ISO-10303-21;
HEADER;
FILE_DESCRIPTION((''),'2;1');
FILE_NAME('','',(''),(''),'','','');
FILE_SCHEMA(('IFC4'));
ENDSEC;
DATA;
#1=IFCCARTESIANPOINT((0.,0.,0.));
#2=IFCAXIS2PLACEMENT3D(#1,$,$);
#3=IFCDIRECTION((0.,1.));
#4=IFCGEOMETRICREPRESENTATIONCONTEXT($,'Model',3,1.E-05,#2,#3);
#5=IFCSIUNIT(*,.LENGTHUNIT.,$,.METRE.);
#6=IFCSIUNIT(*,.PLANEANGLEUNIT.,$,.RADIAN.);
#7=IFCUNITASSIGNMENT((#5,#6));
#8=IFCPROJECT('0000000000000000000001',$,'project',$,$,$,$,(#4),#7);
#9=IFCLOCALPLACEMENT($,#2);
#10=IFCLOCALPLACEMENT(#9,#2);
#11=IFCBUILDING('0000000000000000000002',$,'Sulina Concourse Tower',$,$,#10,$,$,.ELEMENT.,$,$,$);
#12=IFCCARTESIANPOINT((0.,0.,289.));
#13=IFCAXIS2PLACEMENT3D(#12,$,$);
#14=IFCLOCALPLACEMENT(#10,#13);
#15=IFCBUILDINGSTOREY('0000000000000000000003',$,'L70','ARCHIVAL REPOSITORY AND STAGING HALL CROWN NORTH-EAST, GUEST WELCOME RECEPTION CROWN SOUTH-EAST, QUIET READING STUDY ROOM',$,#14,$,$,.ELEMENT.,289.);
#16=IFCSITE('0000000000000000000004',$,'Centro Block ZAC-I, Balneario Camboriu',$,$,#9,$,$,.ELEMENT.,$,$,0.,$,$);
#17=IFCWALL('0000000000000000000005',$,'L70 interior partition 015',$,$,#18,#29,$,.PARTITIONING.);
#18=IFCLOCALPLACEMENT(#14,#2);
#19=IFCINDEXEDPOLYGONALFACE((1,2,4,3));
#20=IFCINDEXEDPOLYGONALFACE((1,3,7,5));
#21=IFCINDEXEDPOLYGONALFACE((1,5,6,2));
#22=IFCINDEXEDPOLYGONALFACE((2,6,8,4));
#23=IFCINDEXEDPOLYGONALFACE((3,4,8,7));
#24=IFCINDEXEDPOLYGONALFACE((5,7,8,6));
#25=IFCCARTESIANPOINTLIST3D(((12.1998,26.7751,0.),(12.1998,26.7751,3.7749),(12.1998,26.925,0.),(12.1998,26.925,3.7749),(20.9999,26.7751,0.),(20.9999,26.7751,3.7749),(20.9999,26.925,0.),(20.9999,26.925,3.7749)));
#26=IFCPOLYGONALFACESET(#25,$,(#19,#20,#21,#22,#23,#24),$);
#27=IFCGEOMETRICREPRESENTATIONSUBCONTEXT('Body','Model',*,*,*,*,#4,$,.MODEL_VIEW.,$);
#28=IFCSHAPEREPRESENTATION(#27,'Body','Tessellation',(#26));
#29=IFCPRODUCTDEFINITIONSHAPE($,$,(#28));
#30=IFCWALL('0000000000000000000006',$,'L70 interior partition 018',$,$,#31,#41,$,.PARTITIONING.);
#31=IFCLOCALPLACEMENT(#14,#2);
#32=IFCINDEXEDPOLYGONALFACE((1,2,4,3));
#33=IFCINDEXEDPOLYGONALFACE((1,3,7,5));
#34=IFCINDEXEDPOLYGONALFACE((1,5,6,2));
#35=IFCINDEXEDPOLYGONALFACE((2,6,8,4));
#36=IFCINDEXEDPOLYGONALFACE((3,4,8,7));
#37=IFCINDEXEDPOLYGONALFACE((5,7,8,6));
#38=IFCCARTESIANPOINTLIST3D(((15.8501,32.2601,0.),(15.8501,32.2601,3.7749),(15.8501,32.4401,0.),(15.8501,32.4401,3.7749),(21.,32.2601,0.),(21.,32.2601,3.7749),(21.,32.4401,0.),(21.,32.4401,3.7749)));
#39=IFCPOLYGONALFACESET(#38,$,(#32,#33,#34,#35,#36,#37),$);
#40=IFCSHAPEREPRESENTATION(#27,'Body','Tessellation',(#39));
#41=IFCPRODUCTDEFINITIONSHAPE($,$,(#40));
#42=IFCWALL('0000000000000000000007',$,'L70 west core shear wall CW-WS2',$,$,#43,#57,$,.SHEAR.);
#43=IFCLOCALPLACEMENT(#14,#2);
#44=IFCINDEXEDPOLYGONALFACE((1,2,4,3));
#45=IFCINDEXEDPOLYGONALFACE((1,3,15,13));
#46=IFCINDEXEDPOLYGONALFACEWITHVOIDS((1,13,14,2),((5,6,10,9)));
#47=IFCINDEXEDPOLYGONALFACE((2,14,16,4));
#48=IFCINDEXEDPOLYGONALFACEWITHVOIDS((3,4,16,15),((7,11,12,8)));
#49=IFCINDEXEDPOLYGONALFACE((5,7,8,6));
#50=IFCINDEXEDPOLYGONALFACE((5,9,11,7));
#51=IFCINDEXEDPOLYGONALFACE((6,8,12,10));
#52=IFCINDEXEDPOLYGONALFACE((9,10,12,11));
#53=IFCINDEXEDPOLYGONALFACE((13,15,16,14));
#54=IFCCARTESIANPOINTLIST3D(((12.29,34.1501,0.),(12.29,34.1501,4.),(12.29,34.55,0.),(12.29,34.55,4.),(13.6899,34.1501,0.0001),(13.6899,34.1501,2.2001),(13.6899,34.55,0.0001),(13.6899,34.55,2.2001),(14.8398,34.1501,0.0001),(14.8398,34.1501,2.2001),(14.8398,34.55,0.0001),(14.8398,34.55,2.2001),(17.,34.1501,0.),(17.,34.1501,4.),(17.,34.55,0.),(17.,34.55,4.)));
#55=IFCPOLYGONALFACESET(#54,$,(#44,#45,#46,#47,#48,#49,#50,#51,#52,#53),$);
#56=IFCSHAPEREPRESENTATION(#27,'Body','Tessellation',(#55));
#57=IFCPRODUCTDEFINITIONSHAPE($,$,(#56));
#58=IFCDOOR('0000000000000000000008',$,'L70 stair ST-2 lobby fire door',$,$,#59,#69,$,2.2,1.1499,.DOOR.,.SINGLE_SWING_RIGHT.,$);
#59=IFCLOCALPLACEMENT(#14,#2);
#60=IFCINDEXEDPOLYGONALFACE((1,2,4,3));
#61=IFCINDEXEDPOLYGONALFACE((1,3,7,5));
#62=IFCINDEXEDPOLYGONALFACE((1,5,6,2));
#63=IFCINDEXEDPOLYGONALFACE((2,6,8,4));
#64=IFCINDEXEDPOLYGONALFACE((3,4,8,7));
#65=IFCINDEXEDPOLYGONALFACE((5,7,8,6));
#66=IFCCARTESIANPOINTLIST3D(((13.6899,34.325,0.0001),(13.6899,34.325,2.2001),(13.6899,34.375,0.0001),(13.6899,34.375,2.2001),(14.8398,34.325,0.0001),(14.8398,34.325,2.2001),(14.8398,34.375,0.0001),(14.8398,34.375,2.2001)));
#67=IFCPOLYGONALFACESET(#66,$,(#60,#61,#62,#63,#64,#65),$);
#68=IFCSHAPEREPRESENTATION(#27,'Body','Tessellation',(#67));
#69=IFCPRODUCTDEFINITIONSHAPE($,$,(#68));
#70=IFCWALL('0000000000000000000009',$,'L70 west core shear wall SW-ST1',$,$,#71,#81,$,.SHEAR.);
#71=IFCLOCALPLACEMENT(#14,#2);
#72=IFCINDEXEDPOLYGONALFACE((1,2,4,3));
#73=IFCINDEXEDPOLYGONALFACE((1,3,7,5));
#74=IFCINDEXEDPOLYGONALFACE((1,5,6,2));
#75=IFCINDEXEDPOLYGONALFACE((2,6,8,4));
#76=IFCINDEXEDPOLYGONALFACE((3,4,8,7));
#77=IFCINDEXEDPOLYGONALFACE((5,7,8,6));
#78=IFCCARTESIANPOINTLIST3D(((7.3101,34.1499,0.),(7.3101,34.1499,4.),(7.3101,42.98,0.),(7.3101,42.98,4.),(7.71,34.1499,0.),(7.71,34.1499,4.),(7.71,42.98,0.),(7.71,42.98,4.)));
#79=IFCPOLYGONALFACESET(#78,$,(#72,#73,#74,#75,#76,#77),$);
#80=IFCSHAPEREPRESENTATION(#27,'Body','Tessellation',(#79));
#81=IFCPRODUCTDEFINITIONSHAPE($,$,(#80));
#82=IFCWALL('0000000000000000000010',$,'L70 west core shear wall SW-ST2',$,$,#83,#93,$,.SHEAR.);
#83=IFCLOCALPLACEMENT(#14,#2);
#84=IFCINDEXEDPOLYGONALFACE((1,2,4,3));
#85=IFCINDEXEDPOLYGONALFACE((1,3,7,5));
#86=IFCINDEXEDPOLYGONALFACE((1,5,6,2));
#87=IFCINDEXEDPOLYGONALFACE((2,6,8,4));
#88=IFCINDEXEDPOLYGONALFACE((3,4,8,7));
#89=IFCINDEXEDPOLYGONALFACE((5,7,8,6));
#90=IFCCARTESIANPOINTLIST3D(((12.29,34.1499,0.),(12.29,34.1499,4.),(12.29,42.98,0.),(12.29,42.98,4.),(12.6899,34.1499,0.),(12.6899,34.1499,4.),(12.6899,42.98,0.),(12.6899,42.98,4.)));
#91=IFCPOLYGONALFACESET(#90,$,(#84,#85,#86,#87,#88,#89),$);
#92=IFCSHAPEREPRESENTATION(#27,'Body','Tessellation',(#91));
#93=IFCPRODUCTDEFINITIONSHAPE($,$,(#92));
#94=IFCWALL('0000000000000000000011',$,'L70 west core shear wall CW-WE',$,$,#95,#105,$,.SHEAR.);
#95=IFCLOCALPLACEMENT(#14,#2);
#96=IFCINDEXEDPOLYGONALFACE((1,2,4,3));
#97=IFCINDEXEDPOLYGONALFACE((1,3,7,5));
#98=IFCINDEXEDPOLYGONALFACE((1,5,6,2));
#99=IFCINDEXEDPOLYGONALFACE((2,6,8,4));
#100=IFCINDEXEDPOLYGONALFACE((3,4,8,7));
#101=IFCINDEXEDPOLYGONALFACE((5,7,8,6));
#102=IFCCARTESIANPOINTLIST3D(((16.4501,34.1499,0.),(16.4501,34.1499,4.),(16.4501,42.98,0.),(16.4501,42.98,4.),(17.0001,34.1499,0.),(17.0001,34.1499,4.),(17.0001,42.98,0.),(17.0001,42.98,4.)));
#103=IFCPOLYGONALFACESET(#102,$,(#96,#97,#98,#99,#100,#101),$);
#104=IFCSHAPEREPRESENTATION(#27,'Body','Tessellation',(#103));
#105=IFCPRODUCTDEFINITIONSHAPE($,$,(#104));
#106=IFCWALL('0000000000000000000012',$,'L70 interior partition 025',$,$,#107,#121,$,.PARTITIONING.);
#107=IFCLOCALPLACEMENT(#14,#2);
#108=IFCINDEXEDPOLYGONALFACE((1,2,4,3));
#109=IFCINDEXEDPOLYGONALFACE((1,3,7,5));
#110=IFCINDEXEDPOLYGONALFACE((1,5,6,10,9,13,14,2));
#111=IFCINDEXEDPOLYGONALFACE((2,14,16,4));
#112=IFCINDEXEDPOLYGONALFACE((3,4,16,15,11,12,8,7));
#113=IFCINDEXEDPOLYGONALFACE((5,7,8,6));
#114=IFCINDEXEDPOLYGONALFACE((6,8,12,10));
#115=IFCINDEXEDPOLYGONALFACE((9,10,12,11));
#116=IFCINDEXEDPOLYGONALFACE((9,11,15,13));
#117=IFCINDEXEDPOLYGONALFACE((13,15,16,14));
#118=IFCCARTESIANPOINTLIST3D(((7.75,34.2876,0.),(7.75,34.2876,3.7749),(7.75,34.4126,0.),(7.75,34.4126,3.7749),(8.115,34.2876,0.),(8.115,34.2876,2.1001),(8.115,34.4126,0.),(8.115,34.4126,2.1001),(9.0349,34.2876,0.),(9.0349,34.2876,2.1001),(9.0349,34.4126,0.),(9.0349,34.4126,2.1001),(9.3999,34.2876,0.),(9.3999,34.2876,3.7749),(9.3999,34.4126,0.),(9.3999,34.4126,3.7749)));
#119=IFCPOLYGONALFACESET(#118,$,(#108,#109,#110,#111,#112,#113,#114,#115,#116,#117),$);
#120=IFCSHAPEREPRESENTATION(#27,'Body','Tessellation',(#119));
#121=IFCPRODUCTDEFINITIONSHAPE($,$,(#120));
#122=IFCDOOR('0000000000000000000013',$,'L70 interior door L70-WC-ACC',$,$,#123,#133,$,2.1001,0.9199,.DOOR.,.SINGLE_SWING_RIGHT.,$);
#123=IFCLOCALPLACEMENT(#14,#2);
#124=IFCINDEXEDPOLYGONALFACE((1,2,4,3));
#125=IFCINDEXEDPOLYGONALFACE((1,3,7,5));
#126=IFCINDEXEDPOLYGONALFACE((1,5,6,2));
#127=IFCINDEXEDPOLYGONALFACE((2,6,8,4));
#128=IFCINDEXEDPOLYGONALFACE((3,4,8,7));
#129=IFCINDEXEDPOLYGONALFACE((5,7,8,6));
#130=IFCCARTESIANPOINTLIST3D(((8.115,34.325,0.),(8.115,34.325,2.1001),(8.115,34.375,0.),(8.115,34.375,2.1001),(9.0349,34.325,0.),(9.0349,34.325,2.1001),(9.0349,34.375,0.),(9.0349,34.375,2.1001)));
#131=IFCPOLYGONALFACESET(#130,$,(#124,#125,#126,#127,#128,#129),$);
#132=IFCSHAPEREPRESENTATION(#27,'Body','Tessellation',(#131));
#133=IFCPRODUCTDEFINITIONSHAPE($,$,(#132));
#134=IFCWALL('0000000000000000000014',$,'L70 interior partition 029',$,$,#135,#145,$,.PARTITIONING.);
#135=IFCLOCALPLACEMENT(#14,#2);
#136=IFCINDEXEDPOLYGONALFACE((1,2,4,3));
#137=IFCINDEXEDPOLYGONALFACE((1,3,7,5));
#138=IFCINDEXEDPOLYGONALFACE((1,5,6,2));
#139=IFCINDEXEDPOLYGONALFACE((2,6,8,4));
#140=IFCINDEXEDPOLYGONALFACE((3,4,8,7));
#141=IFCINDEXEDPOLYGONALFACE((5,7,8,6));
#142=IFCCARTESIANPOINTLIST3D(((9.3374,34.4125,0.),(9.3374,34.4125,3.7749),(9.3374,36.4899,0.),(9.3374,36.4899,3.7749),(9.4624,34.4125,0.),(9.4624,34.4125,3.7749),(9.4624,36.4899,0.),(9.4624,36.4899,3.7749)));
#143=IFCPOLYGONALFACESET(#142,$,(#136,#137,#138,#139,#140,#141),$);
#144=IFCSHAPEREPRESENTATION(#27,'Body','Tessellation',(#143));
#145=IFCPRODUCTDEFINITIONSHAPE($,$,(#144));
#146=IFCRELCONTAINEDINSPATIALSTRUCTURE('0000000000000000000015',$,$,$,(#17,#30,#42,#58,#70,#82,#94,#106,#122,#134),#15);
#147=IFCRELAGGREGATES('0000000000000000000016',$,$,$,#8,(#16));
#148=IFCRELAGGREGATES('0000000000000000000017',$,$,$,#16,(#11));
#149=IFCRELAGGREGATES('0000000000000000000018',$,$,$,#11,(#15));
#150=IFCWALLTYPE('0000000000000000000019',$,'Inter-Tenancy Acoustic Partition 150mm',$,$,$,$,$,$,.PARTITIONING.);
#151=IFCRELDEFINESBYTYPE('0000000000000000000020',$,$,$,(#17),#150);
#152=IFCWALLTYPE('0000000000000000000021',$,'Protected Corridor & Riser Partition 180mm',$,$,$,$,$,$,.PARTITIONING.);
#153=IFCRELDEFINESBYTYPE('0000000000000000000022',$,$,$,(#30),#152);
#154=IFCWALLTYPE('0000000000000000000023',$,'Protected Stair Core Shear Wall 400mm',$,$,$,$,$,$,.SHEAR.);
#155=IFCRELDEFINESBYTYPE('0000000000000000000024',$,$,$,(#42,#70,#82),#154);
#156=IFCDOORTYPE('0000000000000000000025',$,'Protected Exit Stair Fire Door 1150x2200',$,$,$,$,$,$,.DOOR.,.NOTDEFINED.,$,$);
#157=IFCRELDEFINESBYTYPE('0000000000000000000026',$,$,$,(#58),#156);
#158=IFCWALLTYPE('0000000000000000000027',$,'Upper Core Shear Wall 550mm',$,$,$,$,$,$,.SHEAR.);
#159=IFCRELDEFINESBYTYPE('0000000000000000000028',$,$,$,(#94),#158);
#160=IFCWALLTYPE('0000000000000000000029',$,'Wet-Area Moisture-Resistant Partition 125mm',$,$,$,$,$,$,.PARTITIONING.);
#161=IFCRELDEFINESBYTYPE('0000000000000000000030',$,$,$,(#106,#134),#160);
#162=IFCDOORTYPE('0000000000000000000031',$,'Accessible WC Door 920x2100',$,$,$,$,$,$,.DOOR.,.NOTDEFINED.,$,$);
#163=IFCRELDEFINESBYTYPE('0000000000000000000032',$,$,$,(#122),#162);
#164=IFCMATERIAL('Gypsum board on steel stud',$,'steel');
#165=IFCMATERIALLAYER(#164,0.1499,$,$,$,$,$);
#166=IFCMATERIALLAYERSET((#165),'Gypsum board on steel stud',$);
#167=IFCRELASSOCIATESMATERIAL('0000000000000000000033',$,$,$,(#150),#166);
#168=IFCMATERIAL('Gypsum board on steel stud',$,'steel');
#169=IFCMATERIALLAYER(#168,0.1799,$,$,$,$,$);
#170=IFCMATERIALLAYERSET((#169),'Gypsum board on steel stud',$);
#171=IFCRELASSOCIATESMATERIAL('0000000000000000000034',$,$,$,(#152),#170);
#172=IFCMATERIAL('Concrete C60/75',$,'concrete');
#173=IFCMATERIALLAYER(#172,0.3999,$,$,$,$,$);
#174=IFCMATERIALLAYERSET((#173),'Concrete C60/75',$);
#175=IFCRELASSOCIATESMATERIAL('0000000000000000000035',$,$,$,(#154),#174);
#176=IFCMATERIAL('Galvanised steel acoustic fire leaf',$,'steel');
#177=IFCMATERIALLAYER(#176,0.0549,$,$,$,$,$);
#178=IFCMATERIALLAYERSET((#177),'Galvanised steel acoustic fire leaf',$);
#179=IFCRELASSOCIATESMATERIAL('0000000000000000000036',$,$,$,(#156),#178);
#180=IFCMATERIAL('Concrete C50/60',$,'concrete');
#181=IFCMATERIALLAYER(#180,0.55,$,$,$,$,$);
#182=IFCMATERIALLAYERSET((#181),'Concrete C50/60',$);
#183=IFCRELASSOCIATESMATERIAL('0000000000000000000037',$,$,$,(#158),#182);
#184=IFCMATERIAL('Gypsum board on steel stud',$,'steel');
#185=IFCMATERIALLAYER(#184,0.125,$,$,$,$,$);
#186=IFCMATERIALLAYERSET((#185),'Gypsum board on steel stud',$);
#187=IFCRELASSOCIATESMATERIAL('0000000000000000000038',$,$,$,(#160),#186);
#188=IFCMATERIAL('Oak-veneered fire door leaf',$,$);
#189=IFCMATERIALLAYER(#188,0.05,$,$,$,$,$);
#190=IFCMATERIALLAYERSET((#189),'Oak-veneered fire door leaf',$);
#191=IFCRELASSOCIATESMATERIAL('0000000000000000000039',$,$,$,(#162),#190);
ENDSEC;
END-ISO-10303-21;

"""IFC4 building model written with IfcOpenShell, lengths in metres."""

from ifc_helpers import new_model, si_unit, direction, frame, frame_2d, origin, place, context, subcontext, project, spatial, rectangle, extrude, material, layer, layer_set, type_object, element, fill, save


model = new_model("IFC4")

# Units and contexts
model_context = context("Model", 3, precision=1e-05, world=origin(), true_north=direction((0.0, 1.0)))
body_context = subcontext(model_context, "Body", "Model", "MODEL_VIEW")
ifc_project = project(units=[si_unit("LENGTHUNIT", "METRE"), si_unit("PLANEANGLEUNIT", "RADIAN")], contexts=[model_context])

# Site, building, storey
site_placement = place(None, origin())
site = spatial("IfcSite", under=ifc_project, at=site_placement, Name="Centro Block ZAC-I, Balneario Camboriu", CompositionType="ELEMENT", RefElevation=0.0)
building_placement = place(site_placement, origin())
building = spatial("IfcBuilding", under=site, at=building_placement, Name="Sulina Concourse Tower", CompositionType="ELEMENT")
storey_placement = place(building_placement, frame((0.0, 0.0, 289.0)))
storey = spatial("IfcBuildingStorey", under=building, at=storey_placement, Name="L70", Description="ARCHIVAL REPOSITORY AND STAGING HALL CROWN NORTH-EAST, GUEST WELCOME RECEPTION CROWN SOUTH-EAST, QUIET READING STUDY ROOM", CompositionType="ELEMENT", Elevation=289.0)

# Wall
ifc_material_1 = material(Name="Gypsum board on steel stud", Category="steel")
ifc_layer_1 = layer(ifc_material_1, 0.1499)
ifc_layer_set_1 = layer_set([ifc_layer_1], Name="Gypsum board on steel stud")
wall_type_1 = type_object("IfcWallType", Name="Inter-Tenancy Acoustic Partition 150mm", PredefinedType="PARTITIONING", material=ifc_layer_set_1)
wall_1_placement = place(storey_placement, frame((12.2, 26.8501, 0.0), z_axis=(0.0, 0.0, 1.0), x_axis=(1.0, 0.0, 0.0)))
element("IfcWall", 1, at=wall_1_placement, inside=storey, type_object=wall_type_1, Name="L70 interior partition 015", PredefinedType="PARTITIONING", context=body_context, shape_type="SweptSolid", body=[
    extrude(rectangle(XDim=8.8, YDim=0.1499, at=frame_2d((4.3999, 0.0))), origin(), (0.0, 0.0, 1.0), 3.7749),
])

# Wall
ifc_material_2 = material(Name="Gypsum board on steel stud", Category="steel")
ifc_layer_2 = layer(ifc_material_2, 0.1799)
ifc_layer_set_2 = layer_set([ifc_layer_2], Name="Gypsum board on steel stud")
wall_type_2 = type_object("IfcWallType", Name="Protected Corridor & Riser Partition 180mm", PredefinedType="PARTITIONING", material=ifc_layer_set_2)
wall_2_placement = place(storey_placement, frame((15.8501, 32.3501, 0.0), z_axis=(0.0, 0.0, 1.0), x_axis=(1.0, 0.0, 0.0)))
element("IfcWall", 2, at=wall_2_placement, inside=storey, type_object=wall_type_2, Name="L70 interior partition 018", PredefinedType="PARTITIONING", context=body_context, shape_type="SweptSolid", body=[
    extrude(rectangle(XDim=5.1499, YDim=0.1799, at=frame_2d((2.575, 0.0))), origin(), (0.0, 0.0, 1.0), 3.7749),
])

# Wall, opening, door
ifc_material_3 = material(Name="Concrete C60/75", Category="concrete")
ifc_layer_3 = layer(ifc_material_3, 0.3999)
ifc_layer_set_3 = layer_set([ifc_layer_3], Name="Concrete C60/75")
wall_type_3 = type_object("IfcWallType", Name="Protected Stair Core Shear Wall 400mm", PredefinedType="SHEAR", material=ifc_layer_set_3)
wall_3_placement = place(storey_placement, frame((12.29, 34.3501, 0.0), z_axis=(0.0, 0.0, 1.0), x_axis=(1.0, 0.0, 0.0)))
wall_3 = element("IfcWall", 3, at=wall_3_placement, inside=storey, type_object=wall_type_3, Name="L70 west core shear wall CW-WS2", PredefinedType="SHEAR", context=body_context, shape_type="SweptSolid", body=[
    extrude(rectangle(XDim=4.71, YDim=0.3999, at=frame_2d((2.355, 0.0))), origin(), (0.0, 0.0, 1.0), 4.0),
])
opening_1_placement = place(wall_3_placement, frame((1.3999, 0.0, 0.0)))
opening_1 = element("IfcOpeningElement", 4, at=opening_1_placement, cuts=wall_3, PredefinedType="OPENING", context=body_context, shape_type="SweptSolid", body=[
    extrude(rectangle(XDim=1.1499, YDim=2.2, at=frame_2d((0.575, 1.1001))), frame((0.0, 0.21, 0.0), z_axis=(0.0, -1.0, 0.0), x_axis=(1.0, 0.0, 0.0)), (0.0, 0.0, 1.0), 0.4199),
])
ifc_material_4 = material(Name="Galvanised steel acoustic fire leaf", Category="steel")
ifc_layer_4 = layer(ifc_material_4, 0.0549)
ifc_layer_set_4 = layer_set([ifc_layer_4], Name="Galvanised steel acoustic fire leaf")
door_type_1 = type_object("IfcDoorType", Name="Protected Exit Stair Fire Door 1150x2200", OperationType="NOTDEFINED", PredefinedType="DOOR", material=ifc_layer_set_4)
door_1_placement = place(opening_1_placement, origin())
door_1 = element("IfcDoor", 5, at=door_1_placement, inside=storey, type_object=door_type_1, Name="L70 stair ST-2 lobby fire door", OperationType="SINGLE_SWING_RIGHT", OverallHeight=2.2, OverallWidth=1.1499, PredefinedType="DOOR", context=body_context, shape_type="SweptSolid", body=[
    extrude(rectangle(XDim=1.1499, YDim=2.2, at=frame_2d((0.575, 1.1001))), frame((0.0, 0.0249, 0.0), z_axis=(0.0, -1.0, 0.0), x_axis=(1.0, 0.0, 0.0)), (0.0, 0.0, 1.0), 0.05),
])
fill(opening_1, door_1)

# Walls
for number, where, z_axis, x_axis, name in (
    (6, (7.51, 34.1499, 0.0), (0.0, 0.0, 1.0), (0.0, 1.0, 0.0), "L70 west core shear wall SW-ST1"),
    (7, (12.49, 34.1499, 0.0), (0.0, 0.0, 1.0), (0.0, 1.0, 0.0), "L70 west core shear wall SW-ST2"),
):
    element("IfcWall", number, at=place(storey_placement, frame(where, z_axis=z_axis, x_axis=x_axis)), inside=storey, type_object=wall_type_3, Name=name, PredefinedType="SHEAR", context=body_context, shape_type="SweptSolid", body=[
        extrude(rectangle(XDim=8.8301, YDim=0.3999, at=frame_2d((4.415, 0.0))), origin(), (0.0, 0.0, 1.0), 4.0),
    ])
ifc_material_5 = material(Name="Concrete C50/60", Category="concrete")
ifc_layer_5 = layer(ifc_material_5, 0.55)
ifc_layer_set_5 = layer_set([ifc_layer_5], Name="Concrete C50/60")
wall_type_4 = type_object("IfcWallType", Name="Upper Core Shear Wall 550mm", PredefinedType="SHEAR", material=ifc_layer_set_5)
wall_4_placement = place(storey_placement, frame((16.7251, 34.1499, 0.0), z_axis=(0.0, 0.0, 1.0), x_axis=(0.0, 1.0, 0.0)))
element("IfcWall", 8, at=wall_4_placement, inside=storey, type_object=wall_type_4, Name="L70 west core shear wall CW-WE", PredefinedType="SHEAR", context=body_context, shape_type="SweptSolid", body=[
    extrude(rectangle(XDim=8.8301, YDim=0.55, at=frame_2d((4.415, 0.0))), origin(), (0.0, 0.0, 1.0), 4.0),
])

# Wall, opening, door
ifc_material_6 = material(Name="Gypsum board on steel stud", Category="steel")
ifc_layer_6 = layer(ifc_material_6, 0.125)
ifc_layer_set_6 = layer_set([ifc_layer_6], Name="Gypsum board on steel stud")
wall_type_5 = type_object("IfcWallType", Name="Wet-Area Moisture-Resistant Partition 125mm", PredefinedType="PARTITIONING", material=ifc_layer_set_6)
wall_5_placement = place(storey_placement, frame((7.75, 34.3501, 0.0), z_axis=(0.0, 0.0, 1.0), x_axis=(1.0, 0.0, 0.0)))
wall_5 = element("IfcWall", 9, at=wall_5_placement, inside=storey, type_object=wall_type_5, Name="L70 interior partition 025", PredefinedType="PARTITIONING", context=body_context, shape_type="SweptSolid", body=[
    extrude(rectangle(XDim=1.6499, YDim=0.125, at=frame_2d((0.825, 0.0))), origin(), (0.0, 0.0, 1.0), 3.7749),
])
opening_2_placement = place(wall_5_placement, frame((0.365, 0.0, 0.0)))
opening_2 = element("IfcOpeningElement", 10, at=opening_2_placement, cuts=wall_5, PredefinedType="OPENING", context=body_context, shape_type="SweptSolid", body=[
    extrude(rectangle(XDim=0.9199, YDim=2.1001, at=frame_2d((0.46, 1.05))), frame((0.0, 0.0725, 0.0), z_axis=(0.0, -1.0, 0.0), x_axis=(1.0, 0.0, 0.0)), (0.0, 0.0, 1.0), 0.145),
])
ifc_material_7 = material(Name="Oak-veneered fire door leaf")
ifc_layer_7 = layer(ifc_material_7, 0.05)
ifc_layer_set_7 = layer_set([ifc_layer_7], Name="Oak-veneered fire door leaf")
door_type_2 = type_object("IfcDoorType", Name="Accessible WC Door 920x2100", OperationType="NOTDEFINED", PredefinedType="DOOR", material=ifc_layer_set_7)
door_2_placement = place(opening_2_placement, origin())
door_2 = element("IfcDoor", 11, at=door_2_placement, inside=storey, type_object=door_type_2, Name="L70 interior door L70-WC-ACC", OperationType="SINGLE_SWING_RIGHT", OverallHeight=2.1001, OverallWidth=0.9199, PredefinedType="DOOR", context=body_context, shape_type="SweptSolid", body=[
    extrude(rectangle(XDim=0.9199, YDim=2.1001, at=frame_2d((0.46, 1.05))), frame((0.0, 0.0249, 0.0), z_axis=(0.0, -1.0, 0.0), x_axis=(1.0, 0.0, 0.0)), (0.0, 0.0, 1.0), 0.05),
])
fill(opening_2, door_2)

# Wall
wall_6_placement = place(storey_placement, frame((9.3999, 34.4126, 0.0), z_axis=(0.0, 0.0, 1.0), x_axis=(0.0, 1.0, 0.0)))
element("IfcWall", 12, at=wall_6_placement, inside=storey, type_object=wall_type_5, Name="L70 interior partition 029", PredefinedType="PARTITIONING", context=body_context, shape_type="SweptSolid", body=[
    extrude(rectangle(XDim=2.0774, YDim=0.125, at=frame_2d((1.0386, 0.0))), origin(), (0.0, 0.0, 1.0), 3.7749),
])

save(model, "model.ifc")
